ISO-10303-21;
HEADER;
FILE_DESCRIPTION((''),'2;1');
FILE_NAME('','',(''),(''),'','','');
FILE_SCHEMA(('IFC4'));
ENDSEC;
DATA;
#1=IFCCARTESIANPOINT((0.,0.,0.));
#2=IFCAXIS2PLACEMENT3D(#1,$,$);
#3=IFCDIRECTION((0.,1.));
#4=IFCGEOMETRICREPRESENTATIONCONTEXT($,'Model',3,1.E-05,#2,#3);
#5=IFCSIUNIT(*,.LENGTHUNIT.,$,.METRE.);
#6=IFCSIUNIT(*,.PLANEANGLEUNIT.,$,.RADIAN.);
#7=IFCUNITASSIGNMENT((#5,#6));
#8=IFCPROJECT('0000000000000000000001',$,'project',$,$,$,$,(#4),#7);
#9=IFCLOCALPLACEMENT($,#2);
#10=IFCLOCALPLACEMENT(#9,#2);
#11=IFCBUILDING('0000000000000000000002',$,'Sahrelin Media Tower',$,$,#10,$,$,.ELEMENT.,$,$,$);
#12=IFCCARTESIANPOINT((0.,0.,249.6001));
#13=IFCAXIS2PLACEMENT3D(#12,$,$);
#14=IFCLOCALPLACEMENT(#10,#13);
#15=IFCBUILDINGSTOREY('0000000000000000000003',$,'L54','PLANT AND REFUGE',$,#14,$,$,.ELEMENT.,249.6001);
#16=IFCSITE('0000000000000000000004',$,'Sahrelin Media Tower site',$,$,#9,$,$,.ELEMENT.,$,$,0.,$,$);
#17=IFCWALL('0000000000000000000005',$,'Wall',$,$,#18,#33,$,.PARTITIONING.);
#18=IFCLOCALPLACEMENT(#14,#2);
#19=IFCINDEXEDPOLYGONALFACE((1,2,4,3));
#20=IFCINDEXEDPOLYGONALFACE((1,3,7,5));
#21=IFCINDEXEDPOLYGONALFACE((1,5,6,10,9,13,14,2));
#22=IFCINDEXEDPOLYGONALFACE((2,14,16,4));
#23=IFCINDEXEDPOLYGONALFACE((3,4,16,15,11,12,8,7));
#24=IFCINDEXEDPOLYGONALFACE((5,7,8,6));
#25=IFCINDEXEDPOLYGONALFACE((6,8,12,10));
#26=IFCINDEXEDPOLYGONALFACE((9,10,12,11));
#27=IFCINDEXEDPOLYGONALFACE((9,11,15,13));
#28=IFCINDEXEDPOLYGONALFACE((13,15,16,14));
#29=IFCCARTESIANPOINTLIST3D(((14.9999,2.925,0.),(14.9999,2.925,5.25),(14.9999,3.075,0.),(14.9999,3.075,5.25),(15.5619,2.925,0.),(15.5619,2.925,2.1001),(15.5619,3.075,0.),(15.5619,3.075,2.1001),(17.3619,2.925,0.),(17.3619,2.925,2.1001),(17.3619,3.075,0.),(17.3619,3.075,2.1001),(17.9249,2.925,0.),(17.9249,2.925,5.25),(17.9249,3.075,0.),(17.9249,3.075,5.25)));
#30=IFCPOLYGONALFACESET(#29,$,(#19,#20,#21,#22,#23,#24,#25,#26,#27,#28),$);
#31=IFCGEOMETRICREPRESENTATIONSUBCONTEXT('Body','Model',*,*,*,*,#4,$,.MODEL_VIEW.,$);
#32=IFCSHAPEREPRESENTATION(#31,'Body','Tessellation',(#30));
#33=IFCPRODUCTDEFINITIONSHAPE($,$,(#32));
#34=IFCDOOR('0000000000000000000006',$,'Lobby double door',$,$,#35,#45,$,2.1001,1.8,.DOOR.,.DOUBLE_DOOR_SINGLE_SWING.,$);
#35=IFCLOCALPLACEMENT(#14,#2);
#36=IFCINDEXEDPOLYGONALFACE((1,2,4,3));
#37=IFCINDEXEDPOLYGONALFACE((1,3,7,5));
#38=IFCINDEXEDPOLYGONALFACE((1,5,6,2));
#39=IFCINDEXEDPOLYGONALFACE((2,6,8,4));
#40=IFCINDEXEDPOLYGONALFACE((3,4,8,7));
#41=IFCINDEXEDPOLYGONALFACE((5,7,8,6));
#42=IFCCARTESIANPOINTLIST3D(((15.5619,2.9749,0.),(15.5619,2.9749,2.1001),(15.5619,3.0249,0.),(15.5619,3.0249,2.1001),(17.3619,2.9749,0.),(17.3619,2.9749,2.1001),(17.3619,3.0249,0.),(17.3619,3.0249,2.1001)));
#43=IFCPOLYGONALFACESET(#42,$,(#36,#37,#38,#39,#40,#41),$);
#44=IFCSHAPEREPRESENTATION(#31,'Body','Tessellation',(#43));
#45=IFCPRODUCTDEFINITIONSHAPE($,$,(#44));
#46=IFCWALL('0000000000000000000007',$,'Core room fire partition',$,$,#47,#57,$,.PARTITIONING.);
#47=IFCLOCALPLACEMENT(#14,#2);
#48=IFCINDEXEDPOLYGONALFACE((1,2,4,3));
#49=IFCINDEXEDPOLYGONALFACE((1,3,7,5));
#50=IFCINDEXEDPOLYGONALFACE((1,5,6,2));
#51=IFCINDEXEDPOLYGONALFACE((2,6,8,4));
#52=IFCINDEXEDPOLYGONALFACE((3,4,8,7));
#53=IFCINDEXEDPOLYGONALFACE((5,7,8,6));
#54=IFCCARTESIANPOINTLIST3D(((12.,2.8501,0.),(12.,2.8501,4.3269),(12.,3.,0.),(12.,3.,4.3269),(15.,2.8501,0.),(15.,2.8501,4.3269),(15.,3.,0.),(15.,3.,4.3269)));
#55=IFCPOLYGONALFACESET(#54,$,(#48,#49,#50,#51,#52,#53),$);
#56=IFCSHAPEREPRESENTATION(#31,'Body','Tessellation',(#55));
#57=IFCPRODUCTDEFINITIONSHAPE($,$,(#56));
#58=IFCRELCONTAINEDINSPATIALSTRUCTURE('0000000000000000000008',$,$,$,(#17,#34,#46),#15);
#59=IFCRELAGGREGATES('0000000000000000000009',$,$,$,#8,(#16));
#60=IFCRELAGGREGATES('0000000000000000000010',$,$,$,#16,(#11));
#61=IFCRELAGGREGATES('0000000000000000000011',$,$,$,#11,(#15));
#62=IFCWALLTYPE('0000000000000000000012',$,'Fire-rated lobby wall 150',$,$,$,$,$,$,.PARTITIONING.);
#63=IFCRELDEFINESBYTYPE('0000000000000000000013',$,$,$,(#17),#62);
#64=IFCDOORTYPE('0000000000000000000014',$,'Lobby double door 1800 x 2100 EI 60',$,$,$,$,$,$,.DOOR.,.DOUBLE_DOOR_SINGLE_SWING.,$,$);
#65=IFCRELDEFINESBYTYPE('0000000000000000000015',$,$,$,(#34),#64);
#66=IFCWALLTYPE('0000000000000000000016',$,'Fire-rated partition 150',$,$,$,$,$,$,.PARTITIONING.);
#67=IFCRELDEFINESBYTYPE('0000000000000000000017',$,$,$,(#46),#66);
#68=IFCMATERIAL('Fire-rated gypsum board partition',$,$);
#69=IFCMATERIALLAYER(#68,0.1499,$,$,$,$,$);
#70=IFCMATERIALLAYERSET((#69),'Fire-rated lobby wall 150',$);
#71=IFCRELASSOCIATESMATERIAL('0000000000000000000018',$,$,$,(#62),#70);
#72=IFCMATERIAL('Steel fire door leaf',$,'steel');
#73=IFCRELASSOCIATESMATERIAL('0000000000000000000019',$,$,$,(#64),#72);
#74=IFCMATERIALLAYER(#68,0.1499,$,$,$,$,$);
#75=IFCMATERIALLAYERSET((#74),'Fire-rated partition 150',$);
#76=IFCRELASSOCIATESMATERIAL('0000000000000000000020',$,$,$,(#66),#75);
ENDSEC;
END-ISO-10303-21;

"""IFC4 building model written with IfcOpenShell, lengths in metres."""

from ifc_helpers import new_model, si_unit, direction, frame, frame_2d, origin, place, context, subcontext, project, spatial, rectangle, extrude, material, layer, layer_set, type_object, element, fill, save


model = new_model("IFC4")

# Units and contexts
model_context = context("Model", 3, precision=1e-05, world=origin(), true_north=direction((0.0, 1.0)))
body_context = subcontext(model_context, "Body", "Model", "MODEL_VIEW")
ifc_project = project(units=[si_unit("LENGTHUNIT", "METRE"), si_unit("PLANEANGLEUNIT", "RADIAN")], contexts=[model_context])

# Site, building, storey
site_placement = place(None, origin())
site = spatial("IfcSite", under=ifc_project, at=site_placement, Name="Sahrelin Media Tower site", CompositionType="ELEMENT", RefElevation=0.0)
building_placement = place(site_placement, origin())
building = spatial("IfcBuilding", under=site, at=building_placement, Name="Sahrelin Media Tower", CompositionType="ELEMENT")
storey_placement = place(building_placement, frame((0.0, 0.0, 249.6001)))
storey = spatial("IfcBuildingStorey", under=building, at=storey_placement, Name="L54", Description="PLANT AND REFUGE", CompositionType="ELEMENT", Elevation=249.6001)

# Wall, opening, door
ifc_material_1 = material(Name="Fire-rated gypsum board partition")
ifc_layer_1 = layer(ifc_material_1, 0.1499)
ifc_layer_set_1 = layer_set([ifc_layer_1], Name="Fire-rated lobby wall 150")
wall_type_1 = type_object("IfcWallType", Name="Fire-rated lobby wall 150", PredefinedType="PARTITIONING", material=ifc_layer_set_1)
ifc_material_2 = material(Name="Steel fire door leaf", Category="steel")
door_type = type_object("IfcDoorType", Name="Lobby double door 1800 x 2100 EI 60", OperationType="DOUBLE_DOOR_SINGLE_SWING", PredefinedType="DOOR", material=ifc_material_2)
wall_1_placement = place(storey_placement, frame((15.0, 3.0, 0.0), z_axis=(0.0, 0.0, 1.0), x_axis=(1.0, 0.0, 0.0)))
wall_1 = element("IfcWall", 1, at=wall_1_placement, inside=storey, type_object=wall_type_1, Name="Wall", PredefinedType="PARTITIONING", context=body_context, shape_type="SweptSolid", body=[
    extrude(rectangle(XDim=2.925, YDim=0.1499, at=frame_2d((1.4624, 0.0))), origin(), (0.0, 0.0, 1.0), 5.25),
])
opening_1_placement = place(wall_1_placement, frame((0.562, 0.0, 0.0)))
opening_1 = element("IfcOpeningElement", 2, at=opening_1_placement, cuts=wall_1, PredefinedType="OPENING", context=body_context, shape_type="SweptSolid", body=[
    extrude(rectangle(XDim=1.8, YDim=2.1001, at=frame_2d((0.8999, 1.05))), frame((0.0, 0.075, 0.0), z_axis=(0.0, -1.0, 0.0), x_axis=(1.0, 0.0, 0.0)), (0.0, 0.0, 1.0), 0.1499),
])
door_1_placement = place(opening_1_placement, origin())
door_1 = element("IfcDoor", 3, at=door_1_placement, inside=storey, type_object=door_type, Name="Lobby double door", OperationType="DOUBLE_DOOR_SINGLE_SWING", OverallHeight=2.1001, OverallWidth=1.8, PredefinedType="DOOR", context=body_context, shape_type="SweptSolid", body=[
    extrude(rectangle(XDim=1.8, YDim=2.1001, at=frame_2d((0.8999, 1.05))), frame((0.0, 0.0249, 0.0), z_axis=(0.0, -1.0, 0.0), x_axis=(1.0, 0.0, 0.0)), (0.0, 0.0, 1.0), 0.05),
])
fill(opening_1, door_1)

# Wall
ifc_layer_2 = layer(ifc_material_1, 0.1499)
ifc_layer_set_2 = layer_set([ifc_layer_2], Name="Fire-rated partition 150")
wall_type_2 = type_object("IfcWallType", Name="Fire-rated partition 150", PredefinedType="PARTITIONING", material=ifc_layer_set_2)
wall_2_placement = place(storey_placement, frame((12.0, 2.925, 0.0), z_axis=(0.0, 0.0, 1.0), x_axis=(1.0, 0.0, 0.0)))
element("IfcWall", 4, at=wall_2_placement, inside=storey, type_object=wall_type_2, Name="Core room fire partition", PredefinedType="PARTITIONING", context=body_context, shape_type="SweptSolid", body=[
    extrude(rectangle(XDim=3.0, YDim=0.1499, at=frame_2d((1.5, 0.0))), origin(), (0.0, 0.0, 1.0), 4.3269),
])

save(model, "model.ifc")
